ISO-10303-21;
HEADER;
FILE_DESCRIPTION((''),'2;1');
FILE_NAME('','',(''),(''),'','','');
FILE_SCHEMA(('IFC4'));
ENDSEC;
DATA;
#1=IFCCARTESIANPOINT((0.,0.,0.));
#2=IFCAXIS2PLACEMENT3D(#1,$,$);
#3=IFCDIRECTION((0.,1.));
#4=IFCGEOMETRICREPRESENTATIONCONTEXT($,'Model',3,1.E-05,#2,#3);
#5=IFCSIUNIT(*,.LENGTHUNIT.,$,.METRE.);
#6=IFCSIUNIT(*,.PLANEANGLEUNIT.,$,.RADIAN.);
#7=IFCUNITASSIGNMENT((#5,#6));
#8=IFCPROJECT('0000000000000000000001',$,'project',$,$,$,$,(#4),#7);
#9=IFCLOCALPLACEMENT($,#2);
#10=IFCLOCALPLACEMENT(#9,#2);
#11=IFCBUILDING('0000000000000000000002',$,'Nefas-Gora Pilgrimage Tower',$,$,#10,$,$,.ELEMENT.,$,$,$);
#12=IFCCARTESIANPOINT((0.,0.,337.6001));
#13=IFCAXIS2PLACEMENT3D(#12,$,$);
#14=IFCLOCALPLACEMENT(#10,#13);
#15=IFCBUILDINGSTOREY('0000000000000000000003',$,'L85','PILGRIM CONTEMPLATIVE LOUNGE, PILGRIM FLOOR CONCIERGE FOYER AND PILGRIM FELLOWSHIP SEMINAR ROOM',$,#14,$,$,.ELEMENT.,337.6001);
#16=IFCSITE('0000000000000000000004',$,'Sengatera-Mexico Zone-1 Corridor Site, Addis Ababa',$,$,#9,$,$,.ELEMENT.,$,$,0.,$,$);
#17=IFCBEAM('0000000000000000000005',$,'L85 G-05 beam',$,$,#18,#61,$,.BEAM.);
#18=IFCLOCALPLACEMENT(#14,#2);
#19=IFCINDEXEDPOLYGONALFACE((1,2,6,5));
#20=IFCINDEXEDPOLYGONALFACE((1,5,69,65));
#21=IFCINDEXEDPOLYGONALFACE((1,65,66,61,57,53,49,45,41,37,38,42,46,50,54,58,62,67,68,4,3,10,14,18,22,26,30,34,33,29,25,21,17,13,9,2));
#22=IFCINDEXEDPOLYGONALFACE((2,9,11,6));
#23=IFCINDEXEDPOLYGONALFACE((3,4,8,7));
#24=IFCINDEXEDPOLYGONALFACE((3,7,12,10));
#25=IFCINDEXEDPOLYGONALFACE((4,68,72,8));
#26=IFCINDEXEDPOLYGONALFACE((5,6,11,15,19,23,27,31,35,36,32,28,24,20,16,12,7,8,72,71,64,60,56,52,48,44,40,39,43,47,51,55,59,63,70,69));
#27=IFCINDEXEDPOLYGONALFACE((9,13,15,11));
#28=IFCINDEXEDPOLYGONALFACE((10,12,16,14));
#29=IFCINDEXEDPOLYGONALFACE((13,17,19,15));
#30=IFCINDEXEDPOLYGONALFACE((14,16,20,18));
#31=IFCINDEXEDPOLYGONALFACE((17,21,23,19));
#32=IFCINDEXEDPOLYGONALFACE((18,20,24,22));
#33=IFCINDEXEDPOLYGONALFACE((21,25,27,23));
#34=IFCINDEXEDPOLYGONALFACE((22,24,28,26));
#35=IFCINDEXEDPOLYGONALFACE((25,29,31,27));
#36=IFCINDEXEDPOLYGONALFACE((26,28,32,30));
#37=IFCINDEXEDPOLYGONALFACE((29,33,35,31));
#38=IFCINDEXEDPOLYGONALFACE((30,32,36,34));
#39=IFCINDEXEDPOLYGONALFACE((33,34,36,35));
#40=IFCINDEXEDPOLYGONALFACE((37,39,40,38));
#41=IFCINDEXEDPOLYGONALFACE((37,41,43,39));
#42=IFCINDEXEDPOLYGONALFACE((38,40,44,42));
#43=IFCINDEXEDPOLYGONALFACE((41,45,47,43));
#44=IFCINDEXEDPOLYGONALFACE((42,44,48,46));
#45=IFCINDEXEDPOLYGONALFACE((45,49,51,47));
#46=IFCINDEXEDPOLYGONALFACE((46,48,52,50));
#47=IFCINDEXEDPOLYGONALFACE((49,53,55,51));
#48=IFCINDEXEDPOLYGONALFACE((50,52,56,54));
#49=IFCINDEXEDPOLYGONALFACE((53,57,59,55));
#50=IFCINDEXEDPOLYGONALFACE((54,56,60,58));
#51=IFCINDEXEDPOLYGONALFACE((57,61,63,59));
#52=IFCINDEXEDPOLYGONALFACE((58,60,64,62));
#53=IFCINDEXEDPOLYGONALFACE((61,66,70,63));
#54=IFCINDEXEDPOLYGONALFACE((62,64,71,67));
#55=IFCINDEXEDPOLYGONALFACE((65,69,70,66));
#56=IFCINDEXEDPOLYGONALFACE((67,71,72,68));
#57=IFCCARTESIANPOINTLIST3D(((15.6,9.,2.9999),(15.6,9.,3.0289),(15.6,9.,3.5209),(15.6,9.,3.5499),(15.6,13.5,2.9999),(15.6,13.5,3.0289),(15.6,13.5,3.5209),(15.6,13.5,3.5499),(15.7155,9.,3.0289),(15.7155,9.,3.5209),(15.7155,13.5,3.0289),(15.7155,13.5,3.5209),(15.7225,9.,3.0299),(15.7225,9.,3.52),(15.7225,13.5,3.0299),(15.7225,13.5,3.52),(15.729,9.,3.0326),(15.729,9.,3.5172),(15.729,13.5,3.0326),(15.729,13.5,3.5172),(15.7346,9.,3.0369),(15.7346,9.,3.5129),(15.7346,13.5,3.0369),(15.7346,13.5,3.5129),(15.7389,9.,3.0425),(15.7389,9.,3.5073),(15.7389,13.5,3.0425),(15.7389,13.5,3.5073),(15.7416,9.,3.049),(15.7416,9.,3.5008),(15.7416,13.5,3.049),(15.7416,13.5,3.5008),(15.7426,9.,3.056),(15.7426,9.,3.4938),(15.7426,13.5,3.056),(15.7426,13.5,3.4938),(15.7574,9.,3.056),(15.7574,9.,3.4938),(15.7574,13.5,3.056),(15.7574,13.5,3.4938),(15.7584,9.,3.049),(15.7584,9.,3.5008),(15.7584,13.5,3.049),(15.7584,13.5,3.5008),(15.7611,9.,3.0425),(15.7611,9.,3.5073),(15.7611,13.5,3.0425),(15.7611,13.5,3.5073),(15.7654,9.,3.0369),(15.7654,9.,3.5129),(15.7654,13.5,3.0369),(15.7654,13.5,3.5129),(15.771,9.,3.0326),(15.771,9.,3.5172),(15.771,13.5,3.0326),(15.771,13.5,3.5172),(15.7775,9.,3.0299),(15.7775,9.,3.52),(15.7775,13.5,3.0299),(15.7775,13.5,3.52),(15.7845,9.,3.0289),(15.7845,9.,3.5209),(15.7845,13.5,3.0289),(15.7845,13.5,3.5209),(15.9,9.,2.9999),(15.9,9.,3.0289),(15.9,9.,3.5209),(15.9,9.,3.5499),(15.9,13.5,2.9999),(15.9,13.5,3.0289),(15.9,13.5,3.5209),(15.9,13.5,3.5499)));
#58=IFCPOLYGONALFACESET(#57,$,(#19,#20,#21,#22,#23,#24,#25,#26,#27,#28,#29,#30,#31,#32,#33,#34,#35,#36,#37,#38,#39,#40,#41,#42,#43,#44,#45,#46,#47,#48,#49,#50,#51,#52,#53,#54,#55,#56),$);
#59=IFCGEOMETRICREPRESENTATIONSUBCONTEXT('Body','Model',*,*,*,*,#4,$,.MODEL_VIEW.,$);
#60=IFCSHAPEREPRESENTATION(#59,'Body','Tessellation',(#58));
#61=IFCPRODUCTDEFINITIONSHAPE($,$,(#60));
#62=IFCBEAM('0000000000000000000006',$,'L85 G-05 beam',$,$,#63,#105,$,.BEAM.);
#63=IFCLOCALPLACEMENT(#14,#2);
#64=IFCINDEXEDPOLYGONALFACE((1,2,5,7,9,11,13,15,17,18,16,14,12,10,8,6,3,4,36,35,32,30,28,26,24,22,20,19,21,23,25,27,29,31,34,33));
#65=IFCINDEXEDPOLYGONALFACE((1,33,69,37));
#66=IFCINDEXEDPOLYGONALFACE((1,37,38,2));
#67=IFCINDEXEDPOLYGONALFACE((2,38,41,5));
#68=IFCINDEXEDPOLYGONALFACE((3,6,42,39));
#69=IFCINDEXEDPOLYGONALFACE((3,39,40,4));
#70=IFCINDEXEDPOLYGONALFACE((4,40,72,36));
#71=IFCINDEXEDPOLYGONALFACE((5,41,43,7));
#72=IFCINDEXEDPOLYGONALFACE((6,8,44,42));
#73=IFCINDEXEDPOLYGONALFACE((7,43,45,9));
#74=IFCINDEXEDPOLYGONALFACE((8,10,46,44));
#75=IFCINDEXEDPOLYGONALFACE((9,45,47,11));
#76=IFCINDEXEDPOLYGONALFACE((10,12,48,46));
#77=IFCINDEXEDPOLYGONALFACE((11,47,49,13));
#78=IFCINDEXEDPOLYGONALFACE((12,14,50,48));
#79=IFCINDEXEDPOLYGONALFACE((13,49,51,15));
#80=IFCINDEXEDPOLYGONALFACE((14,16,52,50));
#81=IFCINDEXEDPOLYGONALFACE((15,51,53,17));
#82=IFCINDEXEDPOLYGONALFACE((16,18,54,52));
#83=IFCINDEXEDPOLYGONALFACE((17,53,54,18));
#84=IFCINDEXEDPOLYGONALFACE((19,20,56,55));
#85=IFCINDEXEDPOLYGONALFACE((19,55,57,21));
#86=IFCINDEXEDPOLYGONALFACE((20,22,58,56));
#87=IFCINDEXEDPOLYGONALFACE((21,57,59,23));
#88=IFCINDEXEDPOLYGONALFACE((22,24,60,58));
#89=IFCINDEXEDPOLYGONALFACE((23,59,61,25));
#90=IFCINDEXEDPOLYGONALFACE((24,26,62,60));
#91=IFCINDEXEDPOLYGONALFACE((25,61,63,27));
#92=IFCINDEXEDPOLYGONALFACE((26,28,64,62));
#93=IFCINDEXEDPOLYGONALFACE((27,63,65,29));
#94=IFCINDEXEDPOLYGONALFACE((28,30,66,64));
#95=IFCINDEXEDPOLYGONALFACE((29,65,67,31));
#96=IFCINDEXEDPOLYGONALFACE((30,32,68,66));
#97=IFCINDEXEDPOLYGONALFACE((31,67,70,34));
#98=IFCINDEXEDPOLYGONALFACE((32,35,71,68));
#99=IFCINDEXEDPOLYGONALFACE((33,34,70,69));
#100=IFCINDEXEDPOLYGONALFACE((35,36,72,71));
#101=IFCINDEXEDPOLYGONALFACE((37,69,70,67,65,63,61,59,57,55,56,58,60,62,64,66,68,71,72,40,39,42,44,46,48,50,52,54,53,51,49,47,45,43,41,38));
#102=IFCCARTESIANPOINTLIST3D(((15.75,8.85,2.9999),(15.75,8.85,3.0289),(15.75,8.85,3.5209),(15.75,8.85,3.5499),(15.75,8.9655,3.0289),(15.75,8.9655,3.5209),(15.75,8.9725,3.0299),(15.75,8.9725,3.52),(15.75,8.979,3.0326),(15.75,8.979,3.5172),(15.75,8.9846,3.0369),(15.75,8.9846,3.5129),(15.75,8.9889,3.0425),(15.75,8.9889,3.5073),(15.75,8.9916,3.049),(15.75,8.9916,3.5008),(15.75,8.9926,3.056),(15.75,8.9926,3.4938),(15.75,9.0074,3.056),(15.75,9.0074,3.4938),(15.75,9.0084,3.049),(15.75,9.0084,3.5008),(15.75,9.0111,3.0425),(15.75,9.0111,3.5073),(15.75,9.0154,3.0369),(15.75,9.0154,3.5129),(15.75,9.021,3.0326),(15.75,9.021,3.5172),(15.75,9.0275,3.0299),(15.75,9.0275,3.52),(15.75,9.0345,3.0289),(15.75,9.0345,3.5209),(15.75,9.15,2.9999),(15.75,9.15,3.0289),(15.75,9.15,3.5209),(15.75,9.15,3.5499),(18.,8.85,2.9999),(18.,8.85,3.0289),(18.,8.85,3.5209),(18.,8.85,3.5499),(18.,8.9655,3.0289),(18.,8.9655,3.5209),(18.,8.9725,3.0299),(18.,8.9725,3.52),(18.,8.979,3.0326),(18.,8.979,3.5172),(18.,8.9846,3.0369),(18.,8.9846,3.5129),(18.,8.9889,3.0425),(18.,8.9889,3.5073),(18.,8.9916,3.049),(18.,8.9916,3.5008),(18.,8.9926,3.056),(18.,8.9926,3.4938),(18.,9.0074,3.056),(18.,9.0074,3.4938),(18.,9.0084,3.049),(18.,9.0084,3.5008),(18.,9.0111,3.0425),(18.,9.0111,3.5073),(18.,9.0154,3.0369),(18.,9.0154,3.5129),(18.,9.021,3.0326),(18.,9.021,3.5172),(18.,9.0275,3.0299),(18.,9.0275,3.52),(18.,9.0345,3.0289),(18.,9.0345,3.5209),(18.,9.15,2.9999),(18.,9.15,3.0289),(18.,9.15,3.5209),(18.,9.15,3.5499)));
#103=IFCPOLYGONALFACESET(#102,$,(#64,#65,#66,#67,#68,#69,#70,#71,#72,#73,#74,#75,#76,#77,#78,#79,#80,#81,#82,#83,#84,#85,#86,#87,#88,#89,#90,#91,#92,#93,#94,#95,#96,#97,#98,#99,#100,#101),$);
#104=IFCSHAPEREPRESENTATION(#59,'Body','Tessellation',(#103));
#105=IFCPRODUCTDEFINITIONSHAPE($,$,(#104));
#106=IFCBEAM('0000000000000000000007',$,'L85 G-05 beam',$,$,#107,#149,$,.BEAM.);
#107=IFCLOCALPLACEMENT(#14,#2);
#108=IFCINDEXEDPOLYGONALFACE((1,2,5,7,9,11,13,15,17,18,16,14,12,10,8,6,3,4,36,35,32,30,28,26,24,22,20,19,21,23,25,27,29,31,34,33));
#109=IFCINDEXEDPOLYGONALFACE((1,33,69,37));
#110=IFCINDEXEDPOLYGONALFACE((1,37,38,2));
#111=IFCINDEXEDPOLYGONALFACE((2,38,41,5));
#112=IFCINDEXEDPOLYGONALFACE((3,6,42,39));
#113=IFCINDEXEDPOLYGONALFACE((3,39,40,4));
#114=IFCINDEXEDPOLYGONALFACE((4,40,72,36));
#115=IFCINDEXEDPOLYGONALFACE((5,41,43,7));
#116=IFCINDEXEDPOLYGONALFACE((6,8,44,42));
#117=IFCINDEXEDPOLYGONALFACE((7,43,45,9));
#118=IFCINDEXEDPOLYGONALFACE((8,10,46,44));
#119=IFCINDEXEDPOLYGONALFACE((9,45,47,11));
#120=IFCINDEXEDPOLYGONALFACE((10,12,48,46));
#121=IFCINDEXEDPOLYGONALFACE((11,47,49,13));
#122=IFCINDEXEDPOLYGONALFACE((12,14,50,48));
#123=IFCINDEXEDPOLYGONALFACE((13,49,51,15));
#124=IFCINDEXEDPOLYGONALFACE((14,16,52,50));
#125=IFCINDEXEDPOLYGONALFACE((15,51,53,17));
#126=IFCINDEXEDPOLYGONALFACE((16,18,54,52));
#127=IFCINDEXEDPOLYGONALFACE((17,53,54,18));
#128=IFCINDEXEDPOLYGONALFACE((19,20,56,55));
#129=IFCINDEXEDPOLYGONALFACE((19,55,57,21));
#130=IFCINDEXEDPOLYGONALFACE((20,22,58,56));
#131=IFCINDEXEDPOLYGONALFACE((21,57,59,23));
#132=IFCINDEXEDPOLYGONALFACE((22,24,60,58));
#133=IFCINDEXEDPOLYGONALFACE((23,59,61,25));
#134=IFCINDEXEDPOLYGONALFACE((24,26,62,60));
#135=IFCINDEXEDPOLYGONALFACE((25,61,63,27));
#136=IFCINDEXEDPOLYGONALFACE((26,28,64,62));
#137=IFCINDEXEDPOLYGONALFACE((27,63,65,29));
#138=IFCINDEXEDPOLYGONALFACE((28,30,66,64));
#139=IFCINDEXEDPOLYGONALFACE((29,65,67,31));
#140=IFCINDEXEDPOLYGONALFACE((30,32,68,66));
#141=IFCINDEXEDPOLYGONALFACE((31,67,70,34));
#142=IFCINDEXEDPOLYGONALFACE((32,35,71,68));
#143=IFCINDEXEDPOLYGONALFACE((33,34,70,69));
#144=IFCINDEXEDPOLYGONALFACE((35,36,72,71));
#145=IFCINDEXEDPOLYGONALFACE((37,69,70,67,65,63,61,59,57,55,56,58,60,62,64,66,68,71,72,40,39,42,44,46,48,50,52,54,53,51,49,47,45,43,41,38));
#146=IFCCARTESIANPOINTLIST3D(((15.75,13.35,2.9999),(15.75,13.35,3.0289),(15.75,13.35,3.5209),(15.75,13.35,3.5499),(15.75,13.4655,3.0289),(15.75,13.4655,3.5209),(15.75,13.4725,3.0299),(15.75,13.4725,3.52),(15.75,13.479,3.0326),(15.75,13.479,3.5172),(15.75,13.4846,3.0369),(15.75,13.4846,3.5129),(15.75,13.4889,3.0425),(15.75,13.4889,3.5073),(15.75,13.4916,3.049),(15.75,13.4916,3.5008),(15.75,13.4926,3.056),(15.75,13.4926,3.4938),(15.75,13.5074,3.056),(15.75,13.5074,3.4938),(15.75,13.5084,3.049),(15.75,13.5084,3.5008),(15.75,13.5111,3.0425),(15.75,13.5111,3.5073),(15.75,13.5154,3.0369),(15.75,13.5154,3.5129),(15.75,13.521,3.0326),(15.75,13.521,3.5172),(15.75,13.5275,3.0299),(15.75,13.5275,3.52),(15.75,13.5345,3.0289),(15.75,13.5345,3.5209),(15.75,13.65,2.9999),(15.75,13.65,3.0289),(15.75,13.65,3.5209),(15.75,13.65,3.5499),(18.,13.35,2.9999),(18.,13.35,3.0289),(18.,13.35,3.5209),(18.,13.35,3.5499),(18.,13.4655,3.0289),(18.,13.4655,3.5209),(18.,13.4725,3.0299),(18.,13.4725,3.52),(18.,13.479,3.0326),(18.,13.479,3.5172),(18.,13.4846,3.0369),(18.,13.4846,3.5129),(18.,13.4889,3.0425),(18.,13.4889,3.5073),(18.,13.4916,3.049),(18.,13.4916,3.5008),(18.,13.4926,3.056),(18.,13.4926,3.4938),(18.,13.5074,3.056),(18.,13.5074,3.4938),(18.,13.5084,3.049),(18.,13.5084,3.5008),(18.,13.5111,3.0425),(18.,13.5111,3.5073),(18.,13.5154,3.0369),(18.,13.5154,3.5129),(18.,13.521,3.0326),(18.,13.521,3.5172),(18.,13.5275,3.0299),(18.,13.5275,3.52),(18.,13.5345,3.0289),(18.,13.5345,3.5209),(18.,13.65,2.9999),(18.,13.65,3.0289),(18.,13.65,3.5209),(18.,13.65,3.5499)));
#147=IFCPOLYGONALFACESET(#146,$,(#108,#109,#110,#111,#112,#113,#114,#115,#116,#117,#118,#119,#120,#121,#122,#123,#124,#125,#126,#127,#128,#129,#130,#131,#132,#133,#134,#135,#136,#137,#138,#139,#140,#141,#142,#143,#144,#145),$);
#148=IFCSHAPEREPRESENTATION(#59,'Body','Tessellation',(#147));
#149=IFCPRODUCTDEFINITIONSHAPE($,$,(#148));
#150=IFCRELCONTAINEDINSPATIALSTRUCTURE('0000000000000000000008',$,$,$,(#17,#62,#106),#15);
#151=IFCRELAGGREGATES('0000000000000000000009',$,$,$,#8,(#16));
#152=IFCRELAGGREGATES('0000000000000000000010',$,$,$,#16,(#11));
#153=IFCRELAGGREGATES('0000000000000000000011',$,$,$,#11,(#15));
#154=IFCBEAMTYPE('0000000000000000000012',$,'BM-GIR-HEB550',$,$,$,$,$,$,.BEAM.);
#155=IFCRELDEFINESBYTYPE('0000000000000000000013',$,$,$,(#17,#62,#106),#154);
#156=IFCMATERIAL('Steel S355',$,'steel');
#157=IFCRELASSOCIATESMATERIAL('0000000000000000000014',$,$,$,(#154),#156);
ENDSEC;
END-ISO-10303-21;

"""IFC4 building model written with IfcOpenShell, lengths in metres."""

from ifc_helpers import new_model, si_unit, direction, frame, origin, origin_2d, place, context, subcontext, project, spatial, i_section, extrude, source, transform, mapped, material, material_profile, profile_set, type_object, element, save


model = new_model("IFC4")

# Units and contexts
model_context = context("Model", 3, precision=1e-05, world=origin(), true_north=direction((0.0, 1.0)))
body_context = subcontext(model_context, "Body", "Model", "MODEL_VIEW")
ifc_project = project(units=[si_unit("LENGTHUNIT", "METRE"), si_unit("PLANEANGLEUNIT", "RADIAN")], contexts=[model_context])

# Site, building, storey
site_placement = place(None, origin())
site = spatial("IfcSite", under=ifc_project, at=site_placement, Name="Sengatera-Mexico Zone-1 Corridor Site, Addis Ababa", CompositionType="ELEMENT", RefElevation=0.0)
building_placement = place(site_placement, origin())
building = spatial("IfcBuilding", under=site, at=building_placement, Name="Nefas-Gora Pilgrimage Tower", CompositionType="ELEMENT")
storey_placement = place(building_placement, frame((0.0, 0.0, 337.6001)))
storey = spatial("IfcBuildingStorey", under=building, at=storey_placement, Name="L85", Description="PILGRIM CONTEMPLATIVE LOUNGE, PILGRIM FLOOR CONCIERGE FOYER AND PILGRIM FELLOWSHIP SEMINAR ROOM", CompositionType="ELEMENT", Elevation=337.6001)

# Shared definitions
ifc_material_1 = material(Name="Steel S355", Category="steel")

# Beams
ifc_material_profile_1 = material_profile(ifc_material_1, i_section(OverallWidth=0.3, OverallDepth=0.55, WebThickness=0.0149, FlangeThickness=0.0291, FilletRadius=0.0271, at=origin_2d()), Name="HEB 550")
ifc_profile_set_1 = profile_set([ifc_material_profile_1], Name="Steel S355")
beam_type_1 = type_object("IfcBeamType", Name="BM-GIR-HEB550", PredefinedType="BEAM", material=ifc_profile_set_1)
shared_shape_1 = source(origin(), body_context, "Body", "SweptSolid", [
    extrude(i_section(OverallWidth=0.3, OverallDepth=0.55, WebThickness=0.0149, FlangeThickness=0.0291, FilletRadius=0.0271, at=origin_2d()), origin(), (0.0, 0.0, 1.0), 4.5),
])
for number, where, z_axis, x_axis, name in (
    (1, (15.75, 9.0, 3.2749), (0.0, 1.0, 0.0), (-1.0, 0.0, 0.0), "L85 G-05 beam"),
):
    element("IfcBeam", number, at=place(storey_placement, frame(where, z_axis=z_axis, x_axis=x_axis)), inside=storey, type_object=beam_type_1, Name=name, PredefinedType="BEAM", context=body_context, shape_type="MappedRepresentation", body=[
        mapped(shared_shape_1, transform((0.0, 0.0, 0.0), x_axis=(1.0, 0.0, 0.0), y_axis=(0.0, 1.0, 0.0), z_axis=(0.0, 0.0, 1.0), scale=1.0)),
    ])
shared_shape_2 = source(origin(), body_context, "Body", "SweptSolid", [
    extrude(i_section(OverallWidth=0.3, OverallDepth=0.55, WebThickness=0.0149, FlangeThickness=0.0291, FilletRadius=0.0271, at=origin_2d()), origin(), (0.0, 0.0, 1.0), 2.25),
])
for number, where, z_axis, x_axis, name in (
    (2, (15.75, 9.0, 3.2749), (1.0, 0.0, 0.0), (0.0, 1.0, 0.0), "L85 G-05 beam"),
    (3, (15.75, 13.5, 3.2749), (1.0, 0.0, 0.0), (0.0, 1.0, 0.0), "L85 G-05 beam"),
):
    element("IfcBeam", number, at=place(storey_placement, frame(where, z_axis=z_axis, x_axis=x_axis)), inside=storey, type_object=beam_type_1, Name=name, PredefinedType="BEAM", context=body_context, shape_type="MappedRepresentation", body=[
        mapped(shared_shape_2, transform((0.0, 0.0, 0.0), x_axis=(1.0, 0.0, 0.0), y_axis=(0.0, 1.0, 0.0), z_axis=(0.0, 0.0, 1.0), scale=1.0)),
    ])

save(model, "model.ifc")
